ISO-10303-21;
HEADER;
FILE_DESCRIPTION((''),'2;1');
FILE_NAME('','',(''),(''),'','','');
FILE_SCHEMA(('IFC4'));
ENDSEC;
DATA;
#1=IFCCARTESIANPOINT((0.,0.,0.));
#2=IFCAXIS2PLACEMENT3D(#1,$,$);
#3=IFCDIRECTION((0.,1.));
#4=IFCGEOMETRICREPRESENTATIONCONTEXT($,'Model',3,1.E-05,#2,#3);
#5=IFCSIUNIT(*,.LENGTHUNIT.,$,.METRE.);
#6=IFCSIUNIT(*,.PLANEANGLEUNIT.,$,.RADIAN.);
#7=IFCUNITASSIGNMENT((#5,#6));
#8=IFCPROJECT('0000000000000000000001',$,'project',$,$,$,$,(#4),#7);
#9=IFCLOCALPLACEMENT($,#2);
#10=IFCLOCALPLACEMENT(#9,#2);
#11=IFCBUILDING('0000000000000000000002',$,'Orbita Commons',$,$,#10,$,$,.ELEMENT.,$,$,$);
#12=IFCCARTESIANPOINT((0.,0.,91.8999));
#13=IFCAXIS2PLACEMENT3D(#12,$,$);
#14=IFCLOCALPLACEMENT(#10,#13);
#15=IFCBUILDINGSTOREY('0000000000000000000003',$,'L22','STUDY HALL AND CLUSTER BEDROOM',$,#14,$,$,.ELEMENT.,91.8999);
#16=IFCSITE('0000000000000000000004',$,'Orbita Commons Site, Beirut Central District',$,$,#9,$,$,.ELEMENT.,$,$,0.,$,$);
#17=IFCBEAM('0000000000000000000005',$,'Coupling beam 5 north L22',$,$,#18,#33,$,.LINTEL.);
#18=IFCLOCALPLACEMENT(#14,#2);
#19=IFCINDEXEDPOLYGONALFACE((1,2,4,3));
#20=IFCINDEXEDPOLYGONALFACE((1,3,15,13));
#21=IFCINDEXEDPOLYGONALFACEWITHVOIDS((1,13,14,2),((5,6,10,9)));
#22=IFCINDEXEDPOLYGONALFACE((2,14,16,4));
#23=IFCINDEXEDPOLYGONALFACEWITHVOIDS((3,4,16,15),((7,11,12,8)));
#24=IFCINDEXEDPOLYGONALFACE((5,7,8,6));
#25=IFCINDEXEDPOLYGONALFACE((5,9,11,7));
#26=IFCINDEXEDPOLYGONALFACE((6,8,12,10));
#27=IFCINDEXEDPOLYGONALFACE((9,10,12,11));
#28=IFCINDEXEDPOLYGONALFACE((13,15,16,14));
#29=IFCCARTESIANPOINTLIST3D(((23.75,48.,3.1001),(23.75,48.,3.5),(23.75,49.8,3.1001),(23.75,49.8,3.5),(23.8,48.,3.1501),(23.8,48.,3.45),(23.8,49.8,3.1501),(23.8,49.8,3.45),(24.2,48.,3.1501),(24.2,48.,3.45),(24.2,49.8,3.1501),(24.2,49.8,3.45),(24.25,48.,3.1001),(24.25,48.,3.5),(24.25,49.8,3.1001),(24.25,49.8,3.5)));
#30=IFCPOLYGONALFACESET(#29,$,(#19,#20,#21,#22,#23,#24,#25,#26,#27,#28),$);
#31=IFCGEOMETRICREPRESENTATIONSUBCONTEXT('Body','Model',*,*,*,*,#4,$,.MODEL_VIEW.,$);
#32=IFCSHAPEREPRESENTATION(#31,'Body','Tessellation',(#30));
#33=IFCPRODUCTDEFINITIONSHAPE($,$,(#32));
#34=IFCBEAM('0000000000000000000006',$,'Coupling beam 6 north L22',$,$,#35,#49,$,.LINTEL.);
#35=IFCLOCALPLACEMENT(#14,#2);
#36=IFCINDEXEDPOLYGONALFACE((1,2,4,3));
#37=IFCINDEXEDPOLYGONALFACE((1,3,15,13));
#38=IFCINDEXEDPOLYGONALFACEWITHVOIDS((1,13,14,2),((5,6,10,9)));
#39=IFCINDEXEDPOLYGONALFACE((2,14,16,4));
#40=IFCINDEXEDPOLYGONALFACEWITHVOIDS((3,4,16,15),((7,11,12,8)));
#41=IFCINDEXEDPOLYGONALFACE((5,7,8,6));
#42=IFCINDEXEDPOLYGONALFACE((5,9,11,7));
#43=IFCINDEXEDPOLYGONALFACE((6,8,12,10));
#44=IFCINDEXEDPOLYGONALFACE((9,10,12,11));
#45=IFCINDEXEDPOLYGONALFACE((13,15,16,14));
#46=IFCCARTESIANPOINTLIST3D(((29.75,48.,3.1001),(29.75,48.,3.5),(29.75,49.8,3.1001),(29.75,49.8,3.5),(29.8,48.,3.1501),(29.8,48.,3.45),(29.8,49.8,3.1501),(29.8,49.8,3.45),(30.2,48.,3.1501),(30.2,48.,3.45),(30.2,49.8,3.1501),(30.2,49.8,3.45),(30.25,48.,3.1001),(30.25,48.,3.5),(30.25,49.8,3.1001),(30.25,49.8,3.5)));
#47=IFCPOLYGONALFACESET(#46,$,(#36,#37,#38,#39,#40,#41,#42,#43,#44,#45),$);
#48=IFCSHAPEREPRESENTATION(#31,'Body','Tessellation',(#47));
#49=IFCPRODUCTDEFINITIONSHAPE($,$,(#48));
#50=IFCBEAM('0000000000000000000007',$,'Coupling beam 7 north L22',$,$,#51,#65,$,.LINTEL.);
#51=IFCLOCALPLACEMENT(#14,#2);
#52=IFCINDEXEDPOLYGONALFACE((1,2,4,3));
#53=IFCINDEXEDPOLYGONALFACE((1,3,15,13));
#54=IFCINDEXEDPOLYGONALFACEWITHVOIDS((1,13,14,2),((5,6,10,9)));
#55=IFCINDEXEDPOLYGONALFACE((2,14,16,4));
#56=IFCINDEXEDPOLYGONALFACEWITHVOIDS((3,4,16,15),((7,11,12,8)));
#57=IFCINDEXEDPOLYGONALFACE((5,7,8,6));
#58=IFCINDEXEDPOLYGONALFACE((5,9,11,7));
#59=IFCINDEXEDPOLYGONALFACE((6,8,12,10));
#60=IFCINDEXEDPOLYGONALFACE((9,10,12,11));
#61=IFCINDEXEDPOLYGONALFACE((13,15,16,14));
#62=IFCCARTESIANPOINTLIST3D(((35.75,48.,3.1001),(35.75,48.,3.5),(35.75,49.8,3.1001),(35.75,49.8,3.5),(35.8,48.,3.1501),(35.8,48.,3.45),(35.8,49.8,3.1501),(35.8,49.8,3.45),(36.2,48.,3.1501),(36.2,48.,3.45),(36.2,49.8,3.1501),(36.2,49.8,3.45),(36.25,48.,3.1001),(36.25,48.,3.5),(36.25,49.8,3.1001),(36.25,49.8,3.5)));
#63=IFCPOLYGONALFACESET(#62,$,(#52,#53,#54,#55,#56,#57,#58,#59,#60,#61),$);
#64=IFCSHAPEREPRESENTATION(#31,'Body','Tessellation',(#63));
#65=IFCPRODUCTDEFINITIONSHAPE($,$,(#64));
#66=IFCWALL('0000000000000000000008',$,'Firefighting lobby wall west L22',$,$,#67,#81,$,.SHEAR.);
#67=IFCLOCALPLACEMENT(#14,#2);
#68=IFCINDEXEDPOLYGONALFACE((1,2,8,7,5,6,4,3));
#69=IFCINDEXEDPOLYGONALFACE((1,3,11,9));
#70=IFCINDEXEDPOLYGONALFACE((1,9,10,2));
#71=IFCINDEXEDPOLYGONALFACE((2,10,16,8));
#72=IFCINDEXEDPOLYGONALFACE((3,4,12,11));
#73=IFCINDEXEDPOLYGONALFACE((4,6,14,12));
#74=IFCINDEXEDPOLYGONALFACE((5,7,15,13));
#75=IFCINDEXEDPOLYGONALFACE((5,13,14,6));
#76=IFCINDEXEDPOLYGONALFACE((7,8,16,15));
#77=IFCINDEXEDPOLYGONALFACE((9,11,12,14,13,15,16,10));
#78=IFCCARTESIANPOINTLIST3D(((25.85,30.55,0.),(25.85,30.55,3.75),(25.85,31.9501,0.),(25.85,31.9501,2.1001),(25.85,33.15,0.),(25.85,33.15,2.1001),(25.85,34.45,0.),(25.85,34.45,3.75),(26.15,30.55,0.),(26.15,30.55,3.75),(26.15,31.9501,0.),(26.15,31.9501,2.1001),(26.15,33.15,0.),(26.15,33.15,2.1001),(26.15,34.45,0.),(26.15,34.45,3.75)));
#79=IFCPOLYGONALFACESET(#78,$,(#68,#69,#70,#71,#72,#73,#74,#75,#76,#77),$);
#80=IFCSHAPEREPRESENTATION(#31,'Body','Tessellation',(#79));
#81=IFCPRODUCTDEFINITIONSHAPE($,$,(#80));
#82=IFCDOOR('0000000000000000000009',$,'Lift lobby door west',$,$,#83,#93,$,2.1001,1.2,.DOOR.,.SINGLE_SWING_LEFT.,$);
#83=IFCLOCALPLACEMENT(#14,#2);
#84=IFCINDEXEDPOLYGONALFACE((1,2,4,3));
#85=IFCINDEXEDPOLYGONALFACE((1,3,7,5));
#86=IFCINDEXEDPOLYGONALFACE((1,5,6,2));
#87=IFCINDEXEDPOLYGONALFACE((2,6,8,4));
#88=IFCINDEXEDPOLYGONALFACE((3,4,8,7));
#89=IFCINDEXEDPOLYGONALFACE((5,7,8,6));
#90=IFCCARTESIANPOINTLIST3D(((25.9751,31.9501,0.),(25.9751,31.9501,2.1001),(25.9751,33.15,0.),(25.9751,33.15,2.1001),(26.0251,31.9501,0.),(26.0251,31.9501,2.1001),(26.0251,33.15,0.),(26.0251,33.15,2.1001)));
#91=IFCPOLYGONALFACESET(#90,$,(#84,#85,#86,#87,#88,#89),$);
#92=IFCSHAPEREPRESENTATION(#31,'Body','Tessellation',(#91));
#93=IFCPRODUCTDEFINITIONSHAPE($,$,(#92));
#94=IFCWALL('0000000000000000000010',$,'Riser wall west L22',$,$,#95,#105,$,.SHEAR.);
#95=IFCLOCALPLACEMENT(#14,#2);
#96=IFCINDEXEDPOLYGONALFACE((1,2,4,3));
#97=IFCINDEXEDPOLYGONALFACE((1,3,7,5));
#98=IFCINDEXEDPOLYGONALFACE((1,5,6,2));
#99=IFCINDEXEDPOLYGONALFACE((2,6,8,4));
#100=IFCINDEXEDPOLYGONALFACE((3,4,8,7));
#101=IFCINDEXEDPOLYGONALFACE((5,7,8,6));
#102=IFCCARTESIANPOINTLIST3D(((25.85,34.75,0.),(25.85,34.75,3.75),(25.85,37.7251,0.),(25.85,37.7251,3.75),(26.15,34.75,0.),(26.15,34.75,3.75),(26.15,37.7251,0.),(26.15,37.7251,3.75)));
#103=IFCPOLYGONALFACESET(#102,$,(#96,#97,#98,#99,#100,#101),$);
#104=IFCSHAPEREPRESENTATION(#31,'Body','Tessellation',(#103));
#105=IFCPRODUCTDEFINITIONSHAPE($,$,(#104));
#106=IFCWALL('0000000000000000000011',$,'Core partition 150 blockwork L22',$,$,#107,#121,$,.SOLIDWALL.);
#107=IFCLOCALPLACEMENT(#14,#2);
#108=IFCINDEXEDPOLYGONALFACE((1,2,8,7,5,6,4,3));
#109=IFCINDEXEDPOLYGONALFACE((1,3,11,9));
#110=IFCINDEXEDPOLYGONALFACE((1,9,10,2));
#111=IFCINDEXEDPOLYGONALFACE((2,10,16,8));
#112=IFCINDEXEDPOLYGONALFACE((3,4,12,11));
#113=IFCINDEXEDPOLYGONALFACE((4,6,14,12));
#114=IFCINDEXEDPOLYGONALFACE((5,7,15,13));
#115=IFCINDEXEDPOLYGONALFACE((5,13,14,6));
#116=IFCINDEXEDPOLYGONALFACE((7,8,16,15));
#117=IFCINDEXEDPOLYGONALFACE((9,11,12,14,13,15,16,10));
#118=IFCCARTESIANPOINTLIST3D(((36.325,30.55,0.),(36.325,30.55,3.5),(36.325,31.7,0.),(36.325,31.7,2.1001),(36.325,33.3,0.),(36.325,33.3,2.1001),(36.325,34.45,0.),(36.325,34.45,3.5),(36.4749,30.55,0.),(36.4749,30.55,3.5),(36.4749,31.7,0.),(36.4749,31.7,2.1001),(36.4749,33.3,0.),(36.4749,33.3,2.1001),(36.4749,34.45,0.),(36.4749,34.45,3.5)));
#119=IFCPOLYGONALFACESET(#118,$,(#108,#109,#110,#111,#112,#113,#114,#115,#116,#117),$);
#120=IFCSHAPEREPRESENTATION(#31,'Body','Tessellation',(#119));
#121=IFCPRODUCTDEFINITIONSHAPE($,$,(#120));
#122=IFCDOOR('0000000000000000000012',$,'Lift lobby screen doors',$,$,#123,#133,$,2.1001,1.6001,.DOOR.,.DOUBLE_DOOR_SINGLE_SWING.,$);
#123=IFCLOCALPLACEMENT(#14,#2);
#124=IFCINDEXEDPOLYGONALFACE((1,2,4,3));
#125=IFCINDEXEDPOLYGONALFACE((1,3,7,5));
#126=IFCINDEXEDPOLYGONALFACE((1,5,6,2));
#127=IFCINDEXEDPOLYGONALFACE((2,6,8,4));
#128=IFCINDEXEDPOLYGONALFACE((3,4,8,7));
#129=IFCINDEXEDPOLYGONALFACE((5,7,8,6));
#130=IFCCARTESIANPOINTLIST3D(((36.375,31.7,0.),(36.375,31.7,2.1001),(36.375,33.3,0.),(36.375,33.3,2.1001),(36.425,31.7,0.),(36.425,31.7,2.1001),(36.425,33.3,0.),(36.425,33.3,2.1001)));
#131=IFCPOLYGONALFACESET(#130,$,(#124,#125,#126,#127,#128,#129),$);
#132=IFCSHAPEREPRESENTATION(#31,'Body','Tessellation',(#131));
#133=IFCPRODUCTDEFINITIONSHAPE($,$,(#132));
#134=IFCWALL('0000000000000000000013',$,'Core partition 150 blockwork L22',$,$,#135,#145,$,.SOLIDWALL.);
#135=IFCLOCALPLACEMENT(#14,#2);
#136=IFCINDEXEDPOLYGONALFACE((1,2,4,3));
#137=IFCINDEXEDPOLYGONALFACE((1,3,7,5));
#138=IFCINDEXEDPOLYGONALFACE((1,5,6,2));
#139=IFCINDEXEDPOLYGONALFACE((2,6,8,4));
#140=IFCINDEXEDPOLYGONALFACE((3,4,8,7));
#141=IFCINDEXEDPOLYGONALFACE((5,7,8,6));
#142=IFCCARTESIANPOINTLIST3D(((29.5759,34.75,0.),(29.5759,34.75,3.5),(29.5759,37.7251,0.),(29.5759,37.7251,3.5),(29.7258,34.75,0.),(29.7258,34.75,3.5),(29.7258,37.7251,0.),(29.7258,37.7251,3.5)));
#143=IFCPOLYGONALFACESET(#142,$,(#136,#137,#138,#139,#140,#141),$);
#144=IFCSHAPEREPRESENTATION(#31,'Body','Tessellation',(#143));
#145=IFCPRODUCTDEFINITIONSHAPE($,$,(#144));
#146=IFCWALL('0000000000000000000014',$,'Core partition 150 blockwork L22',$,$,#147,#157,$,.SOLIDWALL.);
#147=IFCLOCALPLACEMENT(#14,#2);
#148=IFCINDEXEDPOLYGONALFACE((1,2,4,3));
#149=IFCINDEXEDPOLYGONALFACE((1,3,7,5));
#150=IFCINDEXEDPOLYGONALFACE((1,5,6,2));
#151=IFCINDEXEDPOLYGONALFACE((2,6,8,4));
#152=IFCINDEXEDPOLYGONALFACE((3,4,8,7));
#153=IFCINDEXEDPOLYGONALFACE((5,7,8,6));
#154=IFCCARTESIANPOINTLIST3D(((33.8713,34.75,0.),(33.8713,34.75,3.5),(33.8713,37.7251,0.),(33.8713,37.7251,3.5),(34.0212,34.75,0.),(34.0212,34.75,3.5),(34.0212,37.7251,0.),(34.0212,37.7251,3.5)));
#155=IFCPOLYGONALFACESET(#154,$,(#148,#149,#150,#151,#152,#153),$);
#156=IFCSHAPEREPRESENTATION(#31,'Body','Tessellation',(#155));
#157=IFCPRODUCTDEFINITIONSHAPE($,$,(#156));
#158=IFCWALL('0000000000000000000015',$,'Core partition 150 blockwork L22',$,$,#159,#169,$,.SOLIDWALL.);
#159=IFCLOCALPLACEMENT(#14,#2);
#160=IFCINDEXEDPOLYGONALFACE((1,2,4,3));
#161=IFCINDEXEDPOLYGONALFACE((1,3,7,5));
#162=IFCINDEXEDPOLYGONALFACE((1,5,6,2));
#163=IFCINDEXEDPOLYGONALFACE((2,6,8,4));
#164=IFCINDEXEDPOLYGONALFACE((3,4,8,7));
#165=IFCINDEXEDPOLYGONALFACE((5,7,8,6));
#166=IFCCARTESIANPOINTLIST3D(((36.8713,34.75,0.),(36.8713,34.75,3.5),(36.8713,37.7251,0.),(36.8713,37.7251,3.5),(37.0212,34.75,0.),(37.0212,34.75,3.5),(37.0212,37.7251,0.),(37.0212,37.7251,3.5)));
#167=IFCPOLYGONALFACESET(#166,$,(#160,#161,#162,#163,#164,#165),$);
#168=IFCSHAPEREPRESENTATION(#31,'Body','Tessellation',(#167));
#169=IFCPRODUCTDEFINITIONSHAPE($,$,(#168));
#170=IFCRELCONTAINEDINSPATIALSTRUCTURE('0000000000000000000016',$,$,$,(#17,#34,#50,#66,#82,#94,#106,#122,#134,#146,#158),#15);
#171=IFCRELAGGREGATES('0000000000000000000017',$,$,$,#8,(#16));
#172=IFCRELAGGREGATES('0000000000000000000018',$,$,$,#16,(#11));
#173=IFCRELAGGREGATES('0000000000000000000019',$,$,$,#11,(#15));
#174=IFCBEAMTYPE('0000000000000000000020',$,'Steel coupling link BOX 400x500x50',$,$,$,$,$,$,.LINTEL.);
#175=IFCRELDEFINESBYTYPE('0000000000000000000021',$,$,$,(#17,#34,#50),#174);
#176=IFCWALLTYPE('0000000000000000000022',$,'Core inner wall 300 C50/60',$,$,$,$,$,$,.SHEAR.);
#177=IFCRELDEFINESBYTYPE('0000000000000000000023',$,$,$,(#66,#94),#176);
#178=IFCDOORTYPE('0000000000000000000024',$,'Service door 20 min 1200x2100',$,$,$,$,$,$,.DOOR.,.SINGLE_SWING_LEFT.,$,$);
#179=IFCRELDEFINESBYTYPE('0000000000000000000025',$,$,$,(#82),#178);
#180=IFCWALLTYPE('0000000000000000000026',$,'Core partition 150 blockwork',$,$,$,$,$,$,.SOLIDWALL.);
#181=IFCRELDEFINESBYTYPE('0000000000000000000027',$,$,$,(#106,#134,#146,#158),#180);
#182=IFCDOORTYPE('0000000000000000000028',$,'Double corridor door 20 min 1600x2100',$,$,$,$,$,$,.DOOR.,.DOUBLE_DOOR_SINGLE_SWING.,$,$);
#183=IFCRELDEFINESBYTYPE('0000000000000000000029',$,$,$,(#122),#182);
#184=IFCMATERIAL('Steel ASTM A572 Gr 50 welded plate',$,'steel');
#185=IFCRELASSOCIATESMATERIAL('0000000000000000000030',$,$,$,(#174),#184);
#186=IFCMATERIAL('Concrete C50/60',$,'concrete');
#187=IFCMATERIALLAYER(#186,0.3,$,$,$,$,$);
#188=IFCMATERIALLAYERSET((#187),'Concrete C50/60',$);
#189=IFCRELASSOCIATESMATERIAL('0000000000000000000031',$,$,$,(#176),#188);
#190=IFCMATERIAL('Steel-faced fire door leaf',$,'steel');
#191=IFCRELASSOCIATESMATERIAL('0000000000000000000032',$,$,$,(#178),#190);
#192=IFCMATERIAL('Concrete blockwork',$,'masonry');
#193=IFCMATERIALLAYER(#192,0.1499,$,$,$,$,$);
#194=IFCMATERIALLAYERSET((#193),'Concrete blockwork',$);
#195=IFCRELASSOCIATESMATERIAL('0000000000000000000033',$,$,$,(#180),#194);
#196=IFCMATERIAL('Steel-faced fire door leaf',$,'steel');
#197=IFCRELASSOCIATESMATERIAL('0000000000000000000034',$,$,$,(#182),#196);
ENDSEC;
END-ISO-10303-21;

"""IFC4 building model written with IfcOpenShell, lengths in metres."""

from ifc_helpers import new_model, si_unit, direction, frame, frame_2d, origin, origin_2d, place, context, subcontext, project, spatial, rectangle, hollow_rectangle, extrude, material, layer, layer_set, material_profile, profile_set, type_object, element, fill, save


model = new_model("IFC4")

# Units and contexts
model_context = context("Model", 3, precision=1e-05, world=origin(), true_north=direction((0.0, 1.0)))
body_context = subcontext(model_context, "Body", "Model", "MODEL_VIEW")
ifc_project = project(units=[si_unit("LENGTHUNIT", "METRE"), si_unit("PLANEANGLEUNIT", "RADIAN")], contexts=[model_context])

# Site, building, storey
site_placement = place(None, origin())
site = spatial("IfcSite", under=ifc_project, at=site_placement, Name="Orbita Commons Site, Beirut Central District", CompositionType="ELEMENT", RefElevation=0.0)
building_placement = place(site_placement, origin())
building = spatial("IfcBuilding", under=site, at=building_placement, Name="Orbita Commons", CompositionType="ELEMENT")
storey_placement = place(building_placement, frame((0.0, 0.0, 91.8999)))
storey = spatial("IfcBuildingStorey", under=building, at=storey_placement, Name="L22", Description="STUDY HALL AND CLUSTER BEDROOM", CompositionType="ELEMENT", Elevation=91.8999)

# Beams
ifc_material_1 = material(Name="Steel ASTM A572 Gr 50 welded plate", Category="steel")
ifc_material_profile = material_profile(ifc_material_1, hollow_rectangle(XDim=0.5, YDim=0.3999, WallThickness=0.05, at=origin_2d()), Name="BOX 400x500x50")
ifc_profile_set = profile_set([ifc_material_profile], Name="Steel ASTM A572 Gr 50 welded plate")
beam_type = type_object("IfcBeamType", Name="Steel coupling link BOX 400x500x50", PredefinedType="LINTEL", material=ifc_profile_set)
for number, where, z_axis, x_axis, name in (
    (1, (24.0, 48.0, 3.3), (0.0, 1.0, 0.0), (-1.0, 0.0, 0.0), "Coupling beam 5 north L22"),
    (2, (30.0, 48.0, 3.3), (0.0, 1.0, 0.0), (-1.0, 0.0, 0.0), "Coupling beam 6 north L22"),
    (3, (36.0, 48.0, 3.3), (0.0, 1.0, 0.0), (-1.0, 0.0, 0.0), "Coupling beam 7 north L22"),
):
    element("IfcBeam", number, at=place(storey_placement, frame(where, z_axis=z_axis, x_axis=x_axis)), inside=storey, type_object=beam_type, Name=name, PredefinedType="LINTEL", context=body_context, shape_type="SweptSolid", body=[
        extrude(hollow_rectangle(XDim=0.5, YDim=0.3999, WallThickness=0.05, at=origin_2d()), origin(), (0.0, 0.0, 1.0), 1.8),
    ])

# Wall, opening, door
ifc_material_2 = material(Name="Concrete C50/60", Category="concrete")
ifc_layer_1 = layer(ifc_material_2, 0.3)
ifc_layer_set_1 = layer_set([ifc_layer_1], Name="Concrete C50/60")
wall_type_1 = type_object("IfcWallType", Name="Core inner wall 300 C50/60", PredefinedType="SHEAR", material=ifc_layer_set_1)
wall_1_placement = place(storey_placement, frame((26.0, 30.55, 0.0), z_axis=(0.0, 0.0, 1.0), x_axis=(0.0, 1.0, 0.0)))
wall_1 = element("IfcWall", 4, at=wall_1_placement, inside=storey, type_object=wall_type_1, Name="Firefighting lobby wall west L22", PredefinedType="SHEAR", context=body_context, shape_type="SweptSolid", body=[
    extrude(rectangle(XDim=3.8999, YDim=0.3, at=frame_2d((1.95, 0.0))), origin(), (0.0, 0.0, 1.0), 3.75),
])
opening_1_placement = place(wall_1_placement, frame((1.3999, 0.0, 0.0)))
opening_1 = element("IfcOpeningElement", 5, at=opening_1_placement, cuts=wall_1, PredefinedType="OPENING", context=body_context, shape_type="SweptSolid", body=[
    extrude(rectangle(XDim=1.2, YDim=2.1001, at=frame_2d((0.6001, 1.05))), frame((0.0, 0.1599, 0.0), z_axis=(0.0, -1.0, 0.0), x_axis=(1.0, 0.0, 0.0)), (0.0, 0.0, 1.0), 0.3201),
])
ifc_material_3 = material(Name="Steel-faced fire door leaf", Category="steel")
door_type_1 = type_object("IfcDoorType", Name="Service door 20 min 1200x2100", OperationType="SINGLE_SWING_LEFT", PredefinedType="DOOR", material=ifc_material_3)
door_1_placement = place(opening_1_placement, origin())
door_1 = element("IfcDoor", 6, at=door_1_placement, inside=storey, type_object=door_type_1, Name="Lift lobby door west", OperationType="SINGLE_SWING_LEFT", OverallHeight=2.1001, OverallWidth=1.2, PredefinedType="DOOR", context=body_context, shape_type="SweptSolid", body=[
    extrude(rectangle(XDim=1.2, YDim=2.1001, at=frame_2d((0.6001, 1.05))), frame((0.0, 0.0249, 0.0), z_axis=(0.0, -1.0, 0.0), x_axis=(1.0, 0.0, 0.0)), (0.0, 0.0, 1.0), 0.05),
])
fill(opening_1, door_1)

# Wall
wall_2_placement = place(storey_placement, frame((26.0, 34.75, 0.0), z_axis=(0.0, 0.0, 1.0), x_axis=(0.0, 1.0, 0.0)))
element("IfcWall", 7, at=wall_2_placement, inside=storey, type_object=wall_type_1, Name="Riser wall west L22", PredefinedType="SHEAR", context=body_context, shape_type="SweptSolid", body=[
    extrude(rectangle(XDim=2.9751, YDim=0.3, at=frame_2d((1.4875, 0.0))), origin(), (0.0, 0.0, 1.0), 3.75),
])

# Wall, opening, door
ifc_material_4 = material(Name="Concrete blockwork", Category="masonry")
ifc_layer_2 = layer(ifc_material_4, 0.1499)
ifc_layer_set_2 = layer_set([ifc_layer_2], Name="Concrete blockwork")
wall_type_2 = type_object("IfcWallType", Name="Core partition 150 blockwork", PredefinedType="SOLIDWALL", material=ifc_layer_set_2)
wall_3_placement = place(storey_placement, frame((36.3999, 30.55, 0.0), z_axis=(0.0, 0.0, 1.0), x_axis=(0.0, 1.0, 0.0)))
wall_3 = element("IfcWall", 8, at=wall_3_placement, inside=storey, type_object=wall_type_2, Name="Core partition 150 blockwork L22", PredefinedType="SOLIDWALL", context=body_context, shape_type="SweptSolid", body=[
    extrude(rectangle(XDim=3.8999, YDim=0.1499, at=frame_2d((1.95, 0.0))), origin(), (0.0, 0.0, 1.0), 3.5),
])
opening_2_placement = place(wall_3_placement, frame((1.1499, 0.0, 0.0)))
opening_2 = element("IfcOpeningElement", 9, at=opening_2_placement, cuts=wall_3, PredefinedType="OPENING", context=body_context, shape_type="SweptSolid", body=[
    extrude(rectangle(XDim=1.6001, YDim=2.1001, at=frame_2d((0.8, 1.05))), frame((0.0, 0.085, 0.0), z_axis=(0.0, -1.0, 0.0), x_axis=(1.0, 0.0, 0.0)), (0.0, 0.0, 1.0), 0.1699),
])
ifc_material_5 = material(Name="Steel-faced fire door leaf", Category="steel")
door_type_2 = type_object("IfcDoorType", Name="Double corridor door 20 min 1600x2100", OperationType="DOUBLE_DOOR_SINGLE_SWING", PredefinedType="DOOR", material=ifc_material_5)
door_2_placement = place(opening_2_placement, origin())
door_2 = element("IfcDoor", 10, at=door_2_placement, inside=storey, type_object=door_type_2, Name="Lift lobby screen doors", OperationType="DOUBLE_DOOR_SINGLE_SWING", OverallHeight=2.1001, OverallWidth=1.6001, PredefinedType="DOOR", context=body_context, shape_type="SweptSolid", body=[
    extrude(rectangle(XDim=1.6001, YDim=2.1001, at=frame_2d((0.8, 1.05))), frame((0.0, 0.0249, 0.0), z_axis=(0.0, -1.0, 0.0), x_axis=(1.0, 0.0, 0.0)), (0.0, 0.0, 1.0), 0.05),
])
fill(opening_2, door_2)

# Walls
for number, where, z_axis, x_axis, name in (
    (11, (29.6509, 34.75, 0.0), (0.0, 0.0, 1.0), (0.0, 1.0, 0.0), "Core partition 150 blockwork L22"),
    (12, (33.9463, 34.75, 0.0), (0.0, 0.0, 1.0), (0.0, 1.0, 0.0), "Core partition 150 blockwork L22"),
    (13, (36.9463, 34.75, 0.0), (0.0, 0.0, 1.0), (0.0, 1.0, 0.0), "Core partition 150 blockwork L22"),
):
    element("IfcWall", number, at=place(storey_placement, frame(where, z_axis=z_axis, x_axis=x_axis)), inside=storey, type_object=wall_type_2, Name=name, PredefinedType="SOLIDWALL", context=body_context, shape_type="SweptSolid", body=[
        extrude(rectangle(XDim=2.9751, YDim=0.1499, at=frame_2d((1.4875, 0.0))), origin(), (0.0, 0.0, 1.0), 3.5),
    ])

save(model, "model.ifc")
